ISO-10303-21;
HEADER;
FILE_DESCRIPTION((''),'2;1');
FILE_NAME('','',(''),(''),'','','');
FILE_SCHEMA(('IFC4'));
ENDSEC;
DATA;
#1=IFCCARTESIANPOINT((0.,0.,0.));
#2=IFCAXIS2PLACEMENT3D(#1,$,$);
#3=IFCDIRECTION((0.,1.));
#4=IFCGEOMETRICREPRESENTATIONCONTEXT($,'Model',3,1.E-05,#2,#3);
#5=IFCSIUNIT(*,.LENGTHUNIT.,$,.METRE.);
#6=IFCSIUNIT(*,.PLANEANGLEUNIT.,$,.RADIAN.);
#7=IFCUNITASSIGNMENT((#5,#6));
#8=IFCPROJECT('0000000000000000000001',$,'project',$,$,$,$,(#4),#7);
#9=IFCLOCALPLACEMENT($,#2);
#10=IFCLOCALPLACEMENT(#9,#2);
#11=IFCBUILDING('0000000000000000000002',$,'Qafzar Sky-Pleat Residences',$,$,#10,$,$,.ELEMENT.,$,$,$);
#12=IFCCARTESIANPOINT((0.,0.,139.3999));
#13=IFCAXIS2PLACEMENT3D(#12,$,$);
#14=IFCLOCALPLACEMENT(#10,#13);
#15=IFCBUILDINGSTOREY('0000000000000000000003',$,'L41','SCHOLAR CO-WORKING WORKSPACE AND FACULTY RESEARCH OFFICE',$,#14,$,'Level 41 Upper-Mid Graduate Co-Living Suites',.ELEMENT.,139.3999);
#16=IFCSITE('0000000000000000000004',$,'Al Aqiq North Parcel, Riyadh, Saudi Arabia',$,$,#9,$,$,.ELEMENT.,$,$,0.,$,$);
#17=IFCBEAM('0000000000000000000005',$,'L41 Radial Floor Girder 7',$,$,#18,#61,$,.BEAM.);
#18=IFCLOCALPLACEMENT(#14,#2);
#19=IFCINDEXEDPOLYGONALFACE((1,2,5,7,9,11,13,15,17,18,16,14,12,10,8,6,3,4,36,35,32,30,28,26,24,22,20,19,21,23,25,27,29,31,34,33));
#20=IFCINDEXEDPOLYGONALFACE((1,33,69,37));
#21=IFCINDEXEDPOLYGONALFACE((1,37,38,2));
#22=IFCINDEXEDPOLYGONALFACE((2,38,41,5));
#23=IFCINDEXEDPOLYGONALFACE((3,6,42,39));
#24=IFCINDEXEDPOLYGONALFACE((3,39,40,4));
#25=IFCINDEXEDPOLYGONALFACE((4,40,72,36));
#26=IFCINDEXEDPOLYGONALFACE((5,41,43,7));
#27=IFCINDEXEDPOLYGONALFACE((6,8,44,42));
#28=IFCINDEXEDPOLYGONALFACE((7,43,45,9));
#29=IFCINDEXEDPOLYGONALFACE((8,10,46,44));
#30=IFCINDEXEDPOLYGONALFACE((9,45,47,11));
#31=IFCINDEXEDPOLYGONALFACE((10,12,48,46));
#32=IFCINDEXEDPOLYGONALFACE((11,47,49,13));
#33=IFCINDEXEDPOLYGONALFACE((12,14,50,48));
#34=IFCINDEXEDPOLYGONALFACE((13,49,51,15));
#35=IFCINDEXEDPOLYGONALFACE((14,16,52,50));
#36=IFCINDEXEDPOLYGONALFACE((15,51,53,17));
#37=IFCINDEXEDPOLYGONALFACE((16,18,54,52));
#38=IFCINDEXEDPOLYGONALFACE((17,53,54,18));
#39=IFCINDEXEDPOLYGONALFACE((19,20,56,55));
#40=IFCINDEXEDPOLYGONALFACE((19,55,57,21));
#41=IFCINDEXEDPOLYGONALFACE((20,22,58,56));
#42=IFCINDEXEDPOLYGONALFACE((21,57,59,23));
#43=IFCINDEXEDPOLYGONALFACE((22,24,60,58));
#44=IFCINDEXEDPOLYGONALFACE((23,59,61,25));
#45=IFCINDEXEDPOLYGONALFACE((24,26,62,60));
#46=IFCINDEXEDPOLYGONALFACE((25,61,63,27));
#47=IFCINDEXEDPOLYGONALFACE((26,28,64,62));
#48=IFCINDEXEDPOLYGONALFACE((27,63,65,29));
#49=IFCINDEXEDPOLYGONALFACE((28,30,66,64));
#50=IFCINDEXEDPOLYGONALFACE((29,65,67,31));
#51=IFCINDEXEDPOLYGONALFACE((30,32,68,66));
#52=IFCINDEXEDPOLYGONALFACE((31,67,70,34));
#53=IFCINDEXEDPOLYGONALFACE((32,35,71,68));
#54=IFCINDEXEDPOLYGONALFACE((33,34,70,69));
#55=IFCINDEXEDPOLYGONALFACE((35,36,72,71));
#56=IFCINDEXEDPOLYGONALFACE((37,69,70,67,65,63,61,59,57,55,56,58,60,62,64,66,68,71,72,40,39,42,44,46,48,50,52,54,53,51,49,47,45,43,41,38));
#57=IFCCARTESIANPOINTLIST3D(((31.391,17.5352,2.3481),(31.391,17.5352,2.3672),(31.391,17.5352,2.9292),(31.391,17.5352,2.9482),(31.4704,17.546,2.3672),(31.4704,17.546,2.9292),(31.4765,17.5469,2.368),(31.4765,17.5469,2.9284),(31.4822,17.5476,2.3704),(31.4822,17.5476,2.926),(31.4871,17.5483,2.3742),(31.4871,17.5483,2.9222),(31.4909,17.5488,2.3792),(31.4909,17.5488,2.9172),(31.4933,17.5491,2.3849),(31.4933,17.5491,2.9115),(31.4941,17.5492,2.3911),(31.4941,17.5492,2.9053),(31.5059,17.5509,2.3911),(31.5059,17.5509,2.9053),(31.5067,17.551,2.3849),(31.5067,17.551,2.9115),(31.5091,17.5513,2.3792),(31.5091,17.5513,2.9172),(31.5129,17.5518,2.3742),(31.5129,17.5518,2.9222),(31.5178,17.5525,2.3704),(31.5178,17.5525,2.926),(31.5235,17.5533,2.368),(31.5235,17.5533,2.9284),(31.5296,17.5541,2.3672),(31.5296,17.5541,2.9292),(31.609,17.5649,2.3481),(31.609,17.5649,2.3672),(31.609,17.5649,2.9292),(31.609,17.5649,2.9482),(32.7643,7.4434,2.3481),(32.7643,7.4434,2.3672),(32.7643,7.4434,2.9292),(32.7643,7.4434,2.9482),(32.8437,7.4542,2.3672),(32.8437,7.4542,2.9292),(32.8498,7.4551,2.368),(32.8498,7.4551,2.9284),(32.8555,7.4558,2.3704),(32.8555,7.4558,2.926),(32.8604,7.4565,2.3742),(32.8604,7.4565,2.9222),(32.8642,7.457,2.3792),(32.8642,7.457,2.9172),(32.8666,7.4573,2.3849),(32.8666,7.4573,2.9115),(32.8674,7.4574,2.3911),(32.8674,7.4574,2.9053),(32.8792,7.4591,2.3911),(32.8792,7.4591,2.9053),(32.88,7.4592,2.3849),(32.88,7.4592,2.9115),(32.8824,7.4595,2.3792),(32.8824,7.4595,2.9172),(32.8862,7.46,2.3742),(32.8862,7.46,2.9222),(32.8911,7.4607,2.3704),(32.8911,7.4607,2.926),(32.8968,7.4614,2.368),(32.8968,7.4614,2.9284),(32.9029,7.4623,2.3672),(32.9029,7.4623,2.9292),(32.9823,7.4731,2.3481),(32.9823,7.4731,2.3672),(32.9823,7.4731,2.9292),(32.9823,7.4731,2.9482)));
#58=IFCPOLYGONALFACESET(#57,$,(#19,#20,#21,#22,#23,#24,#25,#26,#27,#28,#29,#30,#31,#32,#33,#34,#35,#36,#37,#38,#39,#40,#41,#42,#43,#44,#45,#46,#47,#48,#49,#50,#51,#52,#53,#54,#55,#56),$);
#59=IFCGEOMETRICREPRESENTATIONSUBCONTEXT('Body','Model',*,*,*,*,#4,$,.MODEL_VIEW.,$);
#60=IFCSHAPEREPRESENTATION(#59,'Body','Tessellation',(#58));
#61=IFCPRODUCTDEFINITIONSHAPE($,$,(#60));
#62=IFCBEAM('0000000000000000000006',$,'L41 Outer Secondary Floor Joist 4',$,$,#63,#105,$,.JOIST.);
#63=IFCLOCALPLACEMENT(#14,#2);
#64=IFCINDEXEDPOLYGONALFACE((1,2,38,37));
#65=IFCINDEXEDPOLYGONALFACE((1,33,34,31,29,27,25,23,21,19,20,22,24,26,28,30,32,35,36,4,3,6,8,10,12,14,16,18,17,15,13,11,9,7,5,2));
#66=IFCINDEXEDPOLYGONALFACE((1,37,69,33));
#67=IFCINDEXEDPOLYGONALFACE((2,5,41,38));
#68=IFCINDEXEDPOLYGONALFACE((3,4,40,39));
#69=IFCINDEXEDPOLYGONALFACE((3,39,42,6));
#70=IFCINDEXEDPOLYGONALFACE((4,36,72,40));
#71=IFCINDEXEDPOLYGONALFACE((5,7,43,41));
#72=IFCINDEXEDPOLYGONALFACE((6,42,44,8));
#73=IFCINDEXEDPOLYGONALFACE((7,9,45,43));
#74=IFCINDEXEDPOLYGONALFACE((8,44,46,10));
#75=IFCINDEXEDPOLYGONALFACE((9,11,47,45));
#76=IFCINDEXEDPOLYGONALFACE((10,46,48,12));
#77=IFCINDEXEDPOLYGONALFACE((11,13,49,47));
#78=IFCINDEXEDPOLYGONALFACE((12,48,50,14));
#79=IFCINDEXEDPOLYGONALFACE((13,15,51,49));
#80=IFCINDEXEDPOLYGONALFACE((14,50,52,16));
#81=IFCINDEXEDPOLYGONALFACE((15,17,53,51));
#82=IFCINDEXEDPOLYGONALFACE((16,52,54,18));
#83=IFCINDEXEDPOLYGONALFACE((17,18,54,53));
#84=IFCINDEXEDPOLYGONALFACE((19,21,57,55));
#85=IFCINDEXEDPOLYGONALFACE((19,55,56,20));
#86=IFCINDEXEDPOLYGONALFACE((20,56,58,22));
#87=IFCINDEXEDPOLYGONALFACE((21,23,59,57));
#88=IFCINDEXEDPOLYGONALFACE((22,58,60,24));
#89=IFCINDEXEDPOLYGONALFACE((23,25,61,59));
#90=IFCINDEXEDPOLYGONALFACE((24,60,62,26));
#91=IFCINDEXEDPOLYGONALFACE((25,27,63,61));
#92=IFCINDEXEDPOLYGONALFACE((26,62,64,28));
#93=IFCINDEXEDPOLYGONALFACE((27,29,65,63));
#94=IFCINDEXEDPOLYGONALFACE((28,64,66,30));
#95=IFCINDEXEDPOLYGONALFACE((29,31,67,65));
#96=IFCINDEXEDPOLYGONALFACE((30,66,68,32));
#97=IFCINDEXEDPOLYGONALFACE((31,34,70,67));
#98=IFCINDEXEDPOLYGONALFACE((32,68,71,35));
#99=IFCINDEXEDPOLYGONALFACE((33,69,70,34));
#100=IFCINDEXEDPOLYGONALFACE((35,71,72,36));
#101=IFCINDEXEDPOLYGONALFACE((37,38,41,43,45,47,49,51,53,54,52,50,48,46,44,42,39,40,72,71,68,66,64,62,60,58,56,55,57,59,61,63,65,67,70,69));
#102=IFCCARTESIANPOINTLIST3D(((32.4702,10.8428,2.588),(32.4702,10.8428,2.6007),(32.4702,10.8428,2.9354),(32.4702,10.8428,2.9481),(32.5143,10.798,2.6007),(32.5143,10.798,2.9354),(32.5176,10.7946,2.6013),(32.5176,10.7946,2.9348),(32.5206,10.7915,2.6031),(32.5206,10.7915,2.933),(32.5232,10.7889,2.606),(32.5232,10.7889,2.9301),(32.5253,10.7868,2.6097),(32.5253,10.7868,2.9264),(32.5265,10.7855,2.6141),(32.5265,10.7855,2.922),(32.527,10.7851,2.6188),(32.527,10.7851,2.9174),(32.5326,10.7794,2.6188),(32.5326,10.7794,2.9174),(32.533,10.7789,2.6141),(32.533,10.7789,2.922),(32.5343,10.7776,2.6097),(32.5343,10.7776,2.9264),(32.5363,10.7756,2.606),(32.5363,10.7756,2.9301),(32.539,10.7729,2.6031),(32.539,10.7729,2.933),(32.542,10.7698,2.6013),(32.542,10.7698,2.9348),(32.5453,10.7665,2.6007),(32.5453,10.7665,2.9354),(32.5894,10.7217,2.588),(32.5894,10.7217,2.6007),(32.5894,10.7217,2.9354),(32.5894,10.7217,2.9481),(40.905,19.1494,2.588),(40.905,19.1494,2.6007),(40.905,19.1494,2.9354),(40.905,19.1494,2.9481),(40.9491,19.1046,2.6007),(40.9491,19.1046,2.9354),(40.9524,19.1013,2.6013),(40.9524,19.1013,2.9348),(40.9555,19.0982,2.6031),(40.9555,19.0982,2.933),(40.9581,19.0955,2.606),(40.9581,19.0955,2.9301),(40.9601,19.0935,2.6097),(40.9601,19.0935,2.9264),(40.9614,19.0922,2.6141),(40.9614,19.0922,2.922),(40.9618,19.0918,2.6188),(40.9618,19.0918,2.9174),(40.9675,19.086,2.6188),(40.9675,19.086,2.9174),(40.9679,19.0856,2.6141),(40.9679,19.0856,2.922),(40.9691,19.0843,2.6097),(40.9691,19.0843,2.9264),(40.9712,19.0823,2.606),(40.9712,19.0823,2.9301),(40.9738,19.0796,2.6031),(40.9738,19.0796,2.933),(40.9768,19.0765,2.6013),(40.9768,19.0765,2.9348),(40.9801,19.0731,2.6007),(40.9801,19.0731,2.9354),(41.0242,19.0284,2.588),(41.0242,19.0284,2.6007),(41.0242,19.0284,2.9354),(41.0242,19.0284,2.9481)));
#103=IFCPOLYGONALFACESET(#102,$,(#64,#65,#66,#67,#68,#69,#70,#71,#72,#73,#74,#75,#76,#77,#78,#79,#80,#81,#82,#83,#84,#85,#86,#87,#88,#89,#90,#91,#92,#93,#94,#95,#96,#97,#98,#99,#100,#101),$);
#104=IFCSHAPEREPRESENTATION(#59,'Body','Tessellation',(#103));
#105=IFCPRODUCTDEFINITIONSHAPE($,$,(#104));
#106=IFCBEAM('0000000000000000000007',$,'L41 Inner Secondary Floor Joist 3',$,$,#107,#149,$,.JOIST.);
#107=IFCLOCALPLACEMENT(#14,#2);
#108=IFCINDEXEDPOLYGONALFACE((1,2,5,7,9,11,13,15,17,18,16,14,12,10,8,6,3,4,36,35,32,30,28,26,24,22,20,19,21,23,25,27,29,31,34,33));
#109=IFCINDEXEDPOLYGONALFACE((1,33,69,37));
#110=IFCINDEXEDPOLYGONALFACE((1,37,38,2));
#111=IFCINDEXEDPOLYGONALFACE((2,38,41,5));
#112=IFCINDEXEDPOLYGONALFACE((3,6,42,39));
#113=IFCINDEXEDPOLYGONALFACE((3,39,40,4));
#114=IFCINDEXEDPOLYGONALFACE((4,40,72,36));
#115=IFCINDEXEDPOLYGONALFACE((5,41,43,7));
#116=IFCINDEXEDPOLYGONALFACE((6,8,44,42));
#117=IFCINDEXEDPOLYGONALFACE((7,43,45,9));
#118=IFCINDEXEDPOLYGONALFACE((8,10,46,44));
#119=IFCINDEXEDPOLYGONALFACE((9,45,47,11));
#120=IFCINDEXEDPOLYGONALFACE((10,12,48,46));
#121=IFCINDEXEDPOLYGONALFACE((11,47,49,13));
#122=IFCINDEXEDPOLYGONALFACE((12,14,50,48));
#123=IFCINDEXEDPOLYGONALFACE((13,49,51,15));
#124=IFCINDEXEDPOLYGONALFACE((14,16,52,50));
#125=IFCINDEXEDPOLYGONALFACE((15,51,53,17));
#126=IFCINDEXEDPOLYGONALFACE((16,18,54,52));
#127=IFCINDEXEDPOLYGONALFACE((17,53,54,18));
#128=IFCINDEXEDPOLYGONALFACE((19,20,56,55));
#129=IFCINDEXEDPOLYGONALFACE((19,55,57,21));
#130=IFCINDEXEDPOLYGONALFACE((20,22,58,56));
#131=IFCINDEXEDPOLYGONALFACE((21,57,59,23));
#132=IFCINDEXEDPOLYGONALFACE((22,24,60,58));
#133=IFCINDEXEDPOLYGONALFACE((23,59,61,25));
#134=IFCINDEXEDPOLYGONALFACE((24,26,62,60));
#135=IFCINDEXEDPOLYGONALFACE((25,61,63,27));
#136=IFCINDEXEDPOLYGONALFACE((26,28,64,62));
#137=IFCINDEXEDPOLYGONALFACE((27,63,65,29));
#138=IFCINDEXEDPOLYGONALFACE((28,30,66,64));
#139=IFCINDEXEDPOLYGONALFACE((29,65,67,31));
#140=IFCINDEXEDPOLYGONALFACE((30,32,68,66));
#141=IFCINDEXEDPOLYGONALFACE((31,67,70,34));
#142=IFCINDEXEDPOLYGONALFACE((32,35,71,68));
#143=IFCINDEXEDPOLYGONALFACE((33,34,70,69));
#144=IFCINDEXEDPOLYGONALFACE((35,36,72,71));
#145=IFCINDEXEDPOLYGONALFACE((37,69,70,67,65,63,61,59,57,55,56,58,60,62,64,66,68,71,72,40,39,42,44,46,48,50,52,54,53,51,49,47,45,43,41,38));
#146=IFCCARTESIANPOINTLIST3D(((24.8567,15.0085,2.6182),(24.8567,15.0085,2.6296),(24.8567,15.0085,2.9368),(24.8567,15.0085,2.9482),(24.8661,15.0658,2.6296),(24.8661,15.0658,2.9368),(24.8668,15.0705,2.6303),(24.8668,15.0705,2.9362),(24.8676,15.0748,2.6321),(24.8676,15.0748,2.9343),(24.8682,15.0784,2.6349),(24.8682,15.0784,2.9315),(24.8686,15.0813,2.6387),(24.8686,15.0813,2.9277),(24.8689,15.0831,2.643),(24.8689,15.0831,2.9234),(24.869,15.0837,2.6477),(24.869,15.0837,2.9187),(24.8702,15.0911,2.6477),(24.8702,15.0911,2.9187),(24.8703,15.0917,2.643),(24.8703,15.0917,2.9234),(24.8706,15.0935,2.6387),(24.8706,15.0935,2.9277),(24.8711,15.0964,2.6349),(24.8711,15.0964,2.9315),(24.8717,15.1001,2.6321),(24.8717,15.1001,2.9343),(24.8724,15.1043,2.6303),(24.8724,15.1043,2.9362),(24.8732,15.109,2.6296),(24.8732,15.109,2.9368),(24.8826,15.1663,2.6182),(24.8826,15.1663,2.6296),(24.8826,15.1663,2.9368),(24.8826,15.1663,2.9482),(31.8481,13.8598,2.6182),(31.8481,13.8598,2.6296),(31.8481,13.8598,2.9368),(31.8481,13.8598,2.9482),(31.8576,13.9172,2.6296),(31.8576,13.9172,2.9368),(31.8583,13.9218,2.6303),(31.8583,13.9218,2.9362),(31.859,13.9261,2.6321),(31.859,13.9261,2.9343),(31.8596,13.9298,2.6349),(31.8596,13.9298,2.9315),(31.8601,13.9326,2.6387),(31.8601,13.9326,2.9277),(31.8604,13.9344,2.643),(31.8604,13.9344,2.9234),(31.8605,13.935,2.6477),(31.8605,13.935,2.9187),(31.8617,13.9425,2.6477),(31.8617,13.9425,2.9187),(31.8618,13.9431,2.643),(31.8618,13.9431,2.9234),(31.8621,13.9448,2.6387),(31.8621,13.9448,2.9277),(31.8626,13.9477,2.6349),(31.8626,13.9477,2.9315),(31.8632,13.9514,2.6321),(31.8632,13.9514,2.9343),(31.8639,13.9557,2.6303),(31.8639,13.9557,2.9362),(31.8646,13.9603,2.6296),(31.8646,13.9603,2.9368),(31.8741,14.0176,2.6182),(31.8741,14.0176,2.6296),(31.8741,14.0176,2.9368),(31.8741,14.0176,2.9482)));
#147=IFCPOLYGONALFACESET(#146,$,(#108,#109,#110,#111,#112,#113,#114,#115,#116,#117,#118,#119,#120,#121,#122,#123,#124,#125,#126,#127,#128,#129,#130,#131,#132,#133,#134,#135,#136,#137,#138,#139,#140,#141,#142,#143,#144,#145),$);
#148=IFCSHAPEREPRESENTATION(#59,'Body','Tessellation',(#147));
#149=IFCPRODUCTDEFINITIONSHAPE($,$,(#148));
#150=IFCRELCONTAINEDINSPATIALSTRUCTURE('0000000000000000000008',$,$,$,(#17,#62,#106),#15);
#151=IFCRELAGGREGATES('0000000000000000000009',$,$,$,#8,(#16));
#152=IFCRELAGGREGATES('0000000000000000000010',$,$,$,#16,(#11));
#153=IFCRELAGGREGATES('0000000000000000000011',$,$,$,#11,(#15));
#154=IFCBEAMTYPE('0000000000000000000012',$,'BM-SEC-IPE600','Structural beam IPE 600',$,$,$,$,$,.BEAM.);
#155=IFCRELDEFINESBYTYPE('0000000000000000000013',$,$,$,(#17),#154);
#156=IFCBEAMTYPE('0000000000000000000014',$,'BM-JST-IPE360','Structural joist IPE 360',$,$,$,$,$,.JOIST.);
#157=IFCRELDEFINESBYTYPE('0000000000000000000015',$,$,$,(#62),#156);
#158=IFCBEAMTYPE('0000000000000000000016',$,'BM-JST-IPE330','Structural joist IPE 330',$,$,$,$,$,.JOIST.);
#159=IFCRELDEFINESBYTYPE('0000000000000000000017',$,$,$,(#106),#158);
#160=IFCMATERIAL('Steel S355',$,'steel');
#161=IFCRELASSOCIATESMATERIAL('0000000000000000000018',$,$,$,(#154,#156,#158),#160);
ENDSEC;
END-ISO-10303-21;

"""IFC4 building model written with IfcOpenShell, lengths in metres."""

from ifc_helpers import new_model, si_unit, direction, frame, origin, origin_2d, place, context, subcontext, project, spatial, i_section, extrude, source, transform, mapped, material, material_profile, profile_set, type_object, element, save


model = new_model("IFC4")

# Units and contexts
model_context = context("Model", 3, precision=1e-05, world=origin(), true_north=direction((0.0, 1.0)))
body_context = subcontext(model_context, "Body", "Model", "MODEL_VIEW")
ifc_project = project(units=[si_unit("LENGTHUNIT", "METRE"), si_unit("PLANEANGLEUNIT", "RADIAN")], contexts=[model_context])

# Site, building, storey
site_placement = place(None, origin())
site = spatial("IfcSite", under=ifc_project, at=site_placement, Name="Al Aqiq North Parcel, Riyadh, Saudi Arabia", CompositionType="ELEMENT", RefElevation=0.0)
building_placement = place(site_placement, origin())
building = spatial("IfcBuilding", under=site, at=building_placement, Name="Qafzar Sky-Pleat Residences", CompositionType="ELEMENT")
storey_placement = place(building_placement, frame((0.0, 0.0, 139.3999)))
storey = spatial("IfcBuildingStorey", under=building, at=storey_placement, Name="L41", Description="SCHOLAR CO-WORKING WORKSPACE AND FACULTY RESEARCH OFFICE", LongName="Level 41 Upper-Mid Graduate Co-Living Suites", CompositionType="ELEMENT", Elevation=139.3999)

# Shared definitions
ifc_material_1 = material(Name="Steel S355", Category="steel")

# Beams
ifc_material_profile_1 = material_profile(ifc_material_1, i_section(OverallWidth=0.22, OverallDepth=0.6001, WebThickness=0.012, FlangeThickness=0.019, FilletRadius=0.0239, at=origin_2d()), Name="IPE 600")
ifc_profile_set_1 = profile_set([ifc_material_profile_1], Name="Steel S355")
beam_type_1 = type_object("IfcBeamType", Name="BM-SEC-IPE600", Description="Structural beam IPE 600", PredefinedType="BEAM", material=ifc_profile_set_1)
shared_shape_1 = source(origin(), body_context, "Body", "SweptSolid", [
    extrude(i_section(OverallWidth=0.22, OverallDepth=0.6001, WebThickness=0.012, FlangeThickness=0.019, FilletRadius=0.0239, at=origin_2d()), origin(), (0.0, 0.0, 1.0), 10.1848),
])
beam_1_placement = place(storey_placement, frame((32.8733, 7.4583, 2.6482), z_axis=(-0.134837, 0.990868, 0.0), x_axis=(-0.990868, -0.134837, 0.0)))
element("IfcBeam", 1, at=beam_1_placement, inside=storey, type_object=beam_type_1, Name="L41 Radial Floor Girder 7", PredefinedType="BEAM", context=body_context, shape_type="MappedRepresentation", body=[
    mapped(shared_shape_1, transform((0.0, 0.0, 0.0), x_axis=(1.0, 0.0, 0.0), y_axis=(0.0, 1.0, 0.0), z_axis=(0.0, 0.0, 1.0), scale=1.0)),
])
ifc_material_profile_2 = material_profile(ifc_material_1, i_section(OverallWidth=0.1699, OverallDepth=0.3601, WebThickness=0.0081, FlangeThickness=0.0127, FilletRadius=0.0181, at=origin_2d()), Name="IPE 360")
ifc_profile_set_2 = profile_set([ifc_material_profile_2], Name="Steel S355")
beam_type_2 = type_object("IfcBeamType", Name="BM-JST-IPE360", Description="Structural joist IPE 360", PredefinedType="JOIST", material=ifc_profile_set_2)
shared_shape_2 = source(origin(), body_context, "Body", "SweptSolid", [
    extrude(i_section(OverallWidth=0.1699, OverallDepth=0.3601, WebThickness=0.0081, FlangeThickness=0.0127, FilletRadius=0.0181, at=origin_2d()), origin(), (0.0, 0.0, 1.0), 11.8384),
])
beam_2_placement = place(storey_placement, frame((32.5298, 10.7822, 2.7681), z_axis=(0.7125, 0.701673, 0.0), x_axis=(-0.701673, 0.7125, 0.0)))
element("IfcBeam", 2, at=beam_2_placement, inside=storey, type_object=beam_type_2, Name="L41 Outer Secondary Floor Joist 4", PredefinedType="JOIST", context=body_context, shape_type="MappedRepresentation", body=[
    mapped(shared_shape_2, transform((0.0, 0.0, 0.0), x_axis=(1.0, 0.0, 0.0), y_axis=(0.0, 1.0, 0.0), z_axis=(0.0, 0.0, 1.0), scale=1.0)),
])
ifc_material_profile_3 = material_profile(ifc_material_1, i_section(OverallWidth=0.1599, OverallDepth=0.3301, WebThickness=0.0076, FlangeThickness=0.0115, FilletRadius=0.0181, at=origin_2d()), Name="IPE 330")
ifc_profile_set_3 = profile_set([ifc_material_profile_3], Name="Steel S355")
beam_type_3 = type_object("IfcBeamType", Name="BM-JST-IPE330", Description="Structural joist IPE 330", PredefinedType="JOIST", material=ifc_profile_set_3)
shared_shape_3 = source(origin(), body_context, "Body", "SweptSolid", [
    extrude(i_section(OverallWidth=0.1599, OverallDepth=0.3301, WebThickness=0.0076, FlangeThickness=0.0115, FilletRadius=0.0181, at=origin_2d()), origin(), (0.0, 0.0, 1.0), 7.0852),
])
beam_3_placement = place(storey_placement, frame((24.8696, 15.0874, 2.7832), z_axis=(0.98677, -0.162124, 0.0), x_axis=(0.162124, 0.98677, 0.0)))
element("IfcBeam", 3, at=beam_3_placement, inside=storey, type_object=beam_type_3, Name="L41 Inner Secondary Floor Joist 3", PredefinedType="JOIST", context=body_context, shape_type="MappedRepresentation", body=[
    mapped(shared_shape_3, transform((0.0, 0.0, 0.0), x_axis=(1.0, 0.0, 0.0), y_axis=(0.0, 1.0, 0.0), z_axis=(0.0, 0.0, 1.0), scale=1.0)),
])

save(model, "model.ifc")
